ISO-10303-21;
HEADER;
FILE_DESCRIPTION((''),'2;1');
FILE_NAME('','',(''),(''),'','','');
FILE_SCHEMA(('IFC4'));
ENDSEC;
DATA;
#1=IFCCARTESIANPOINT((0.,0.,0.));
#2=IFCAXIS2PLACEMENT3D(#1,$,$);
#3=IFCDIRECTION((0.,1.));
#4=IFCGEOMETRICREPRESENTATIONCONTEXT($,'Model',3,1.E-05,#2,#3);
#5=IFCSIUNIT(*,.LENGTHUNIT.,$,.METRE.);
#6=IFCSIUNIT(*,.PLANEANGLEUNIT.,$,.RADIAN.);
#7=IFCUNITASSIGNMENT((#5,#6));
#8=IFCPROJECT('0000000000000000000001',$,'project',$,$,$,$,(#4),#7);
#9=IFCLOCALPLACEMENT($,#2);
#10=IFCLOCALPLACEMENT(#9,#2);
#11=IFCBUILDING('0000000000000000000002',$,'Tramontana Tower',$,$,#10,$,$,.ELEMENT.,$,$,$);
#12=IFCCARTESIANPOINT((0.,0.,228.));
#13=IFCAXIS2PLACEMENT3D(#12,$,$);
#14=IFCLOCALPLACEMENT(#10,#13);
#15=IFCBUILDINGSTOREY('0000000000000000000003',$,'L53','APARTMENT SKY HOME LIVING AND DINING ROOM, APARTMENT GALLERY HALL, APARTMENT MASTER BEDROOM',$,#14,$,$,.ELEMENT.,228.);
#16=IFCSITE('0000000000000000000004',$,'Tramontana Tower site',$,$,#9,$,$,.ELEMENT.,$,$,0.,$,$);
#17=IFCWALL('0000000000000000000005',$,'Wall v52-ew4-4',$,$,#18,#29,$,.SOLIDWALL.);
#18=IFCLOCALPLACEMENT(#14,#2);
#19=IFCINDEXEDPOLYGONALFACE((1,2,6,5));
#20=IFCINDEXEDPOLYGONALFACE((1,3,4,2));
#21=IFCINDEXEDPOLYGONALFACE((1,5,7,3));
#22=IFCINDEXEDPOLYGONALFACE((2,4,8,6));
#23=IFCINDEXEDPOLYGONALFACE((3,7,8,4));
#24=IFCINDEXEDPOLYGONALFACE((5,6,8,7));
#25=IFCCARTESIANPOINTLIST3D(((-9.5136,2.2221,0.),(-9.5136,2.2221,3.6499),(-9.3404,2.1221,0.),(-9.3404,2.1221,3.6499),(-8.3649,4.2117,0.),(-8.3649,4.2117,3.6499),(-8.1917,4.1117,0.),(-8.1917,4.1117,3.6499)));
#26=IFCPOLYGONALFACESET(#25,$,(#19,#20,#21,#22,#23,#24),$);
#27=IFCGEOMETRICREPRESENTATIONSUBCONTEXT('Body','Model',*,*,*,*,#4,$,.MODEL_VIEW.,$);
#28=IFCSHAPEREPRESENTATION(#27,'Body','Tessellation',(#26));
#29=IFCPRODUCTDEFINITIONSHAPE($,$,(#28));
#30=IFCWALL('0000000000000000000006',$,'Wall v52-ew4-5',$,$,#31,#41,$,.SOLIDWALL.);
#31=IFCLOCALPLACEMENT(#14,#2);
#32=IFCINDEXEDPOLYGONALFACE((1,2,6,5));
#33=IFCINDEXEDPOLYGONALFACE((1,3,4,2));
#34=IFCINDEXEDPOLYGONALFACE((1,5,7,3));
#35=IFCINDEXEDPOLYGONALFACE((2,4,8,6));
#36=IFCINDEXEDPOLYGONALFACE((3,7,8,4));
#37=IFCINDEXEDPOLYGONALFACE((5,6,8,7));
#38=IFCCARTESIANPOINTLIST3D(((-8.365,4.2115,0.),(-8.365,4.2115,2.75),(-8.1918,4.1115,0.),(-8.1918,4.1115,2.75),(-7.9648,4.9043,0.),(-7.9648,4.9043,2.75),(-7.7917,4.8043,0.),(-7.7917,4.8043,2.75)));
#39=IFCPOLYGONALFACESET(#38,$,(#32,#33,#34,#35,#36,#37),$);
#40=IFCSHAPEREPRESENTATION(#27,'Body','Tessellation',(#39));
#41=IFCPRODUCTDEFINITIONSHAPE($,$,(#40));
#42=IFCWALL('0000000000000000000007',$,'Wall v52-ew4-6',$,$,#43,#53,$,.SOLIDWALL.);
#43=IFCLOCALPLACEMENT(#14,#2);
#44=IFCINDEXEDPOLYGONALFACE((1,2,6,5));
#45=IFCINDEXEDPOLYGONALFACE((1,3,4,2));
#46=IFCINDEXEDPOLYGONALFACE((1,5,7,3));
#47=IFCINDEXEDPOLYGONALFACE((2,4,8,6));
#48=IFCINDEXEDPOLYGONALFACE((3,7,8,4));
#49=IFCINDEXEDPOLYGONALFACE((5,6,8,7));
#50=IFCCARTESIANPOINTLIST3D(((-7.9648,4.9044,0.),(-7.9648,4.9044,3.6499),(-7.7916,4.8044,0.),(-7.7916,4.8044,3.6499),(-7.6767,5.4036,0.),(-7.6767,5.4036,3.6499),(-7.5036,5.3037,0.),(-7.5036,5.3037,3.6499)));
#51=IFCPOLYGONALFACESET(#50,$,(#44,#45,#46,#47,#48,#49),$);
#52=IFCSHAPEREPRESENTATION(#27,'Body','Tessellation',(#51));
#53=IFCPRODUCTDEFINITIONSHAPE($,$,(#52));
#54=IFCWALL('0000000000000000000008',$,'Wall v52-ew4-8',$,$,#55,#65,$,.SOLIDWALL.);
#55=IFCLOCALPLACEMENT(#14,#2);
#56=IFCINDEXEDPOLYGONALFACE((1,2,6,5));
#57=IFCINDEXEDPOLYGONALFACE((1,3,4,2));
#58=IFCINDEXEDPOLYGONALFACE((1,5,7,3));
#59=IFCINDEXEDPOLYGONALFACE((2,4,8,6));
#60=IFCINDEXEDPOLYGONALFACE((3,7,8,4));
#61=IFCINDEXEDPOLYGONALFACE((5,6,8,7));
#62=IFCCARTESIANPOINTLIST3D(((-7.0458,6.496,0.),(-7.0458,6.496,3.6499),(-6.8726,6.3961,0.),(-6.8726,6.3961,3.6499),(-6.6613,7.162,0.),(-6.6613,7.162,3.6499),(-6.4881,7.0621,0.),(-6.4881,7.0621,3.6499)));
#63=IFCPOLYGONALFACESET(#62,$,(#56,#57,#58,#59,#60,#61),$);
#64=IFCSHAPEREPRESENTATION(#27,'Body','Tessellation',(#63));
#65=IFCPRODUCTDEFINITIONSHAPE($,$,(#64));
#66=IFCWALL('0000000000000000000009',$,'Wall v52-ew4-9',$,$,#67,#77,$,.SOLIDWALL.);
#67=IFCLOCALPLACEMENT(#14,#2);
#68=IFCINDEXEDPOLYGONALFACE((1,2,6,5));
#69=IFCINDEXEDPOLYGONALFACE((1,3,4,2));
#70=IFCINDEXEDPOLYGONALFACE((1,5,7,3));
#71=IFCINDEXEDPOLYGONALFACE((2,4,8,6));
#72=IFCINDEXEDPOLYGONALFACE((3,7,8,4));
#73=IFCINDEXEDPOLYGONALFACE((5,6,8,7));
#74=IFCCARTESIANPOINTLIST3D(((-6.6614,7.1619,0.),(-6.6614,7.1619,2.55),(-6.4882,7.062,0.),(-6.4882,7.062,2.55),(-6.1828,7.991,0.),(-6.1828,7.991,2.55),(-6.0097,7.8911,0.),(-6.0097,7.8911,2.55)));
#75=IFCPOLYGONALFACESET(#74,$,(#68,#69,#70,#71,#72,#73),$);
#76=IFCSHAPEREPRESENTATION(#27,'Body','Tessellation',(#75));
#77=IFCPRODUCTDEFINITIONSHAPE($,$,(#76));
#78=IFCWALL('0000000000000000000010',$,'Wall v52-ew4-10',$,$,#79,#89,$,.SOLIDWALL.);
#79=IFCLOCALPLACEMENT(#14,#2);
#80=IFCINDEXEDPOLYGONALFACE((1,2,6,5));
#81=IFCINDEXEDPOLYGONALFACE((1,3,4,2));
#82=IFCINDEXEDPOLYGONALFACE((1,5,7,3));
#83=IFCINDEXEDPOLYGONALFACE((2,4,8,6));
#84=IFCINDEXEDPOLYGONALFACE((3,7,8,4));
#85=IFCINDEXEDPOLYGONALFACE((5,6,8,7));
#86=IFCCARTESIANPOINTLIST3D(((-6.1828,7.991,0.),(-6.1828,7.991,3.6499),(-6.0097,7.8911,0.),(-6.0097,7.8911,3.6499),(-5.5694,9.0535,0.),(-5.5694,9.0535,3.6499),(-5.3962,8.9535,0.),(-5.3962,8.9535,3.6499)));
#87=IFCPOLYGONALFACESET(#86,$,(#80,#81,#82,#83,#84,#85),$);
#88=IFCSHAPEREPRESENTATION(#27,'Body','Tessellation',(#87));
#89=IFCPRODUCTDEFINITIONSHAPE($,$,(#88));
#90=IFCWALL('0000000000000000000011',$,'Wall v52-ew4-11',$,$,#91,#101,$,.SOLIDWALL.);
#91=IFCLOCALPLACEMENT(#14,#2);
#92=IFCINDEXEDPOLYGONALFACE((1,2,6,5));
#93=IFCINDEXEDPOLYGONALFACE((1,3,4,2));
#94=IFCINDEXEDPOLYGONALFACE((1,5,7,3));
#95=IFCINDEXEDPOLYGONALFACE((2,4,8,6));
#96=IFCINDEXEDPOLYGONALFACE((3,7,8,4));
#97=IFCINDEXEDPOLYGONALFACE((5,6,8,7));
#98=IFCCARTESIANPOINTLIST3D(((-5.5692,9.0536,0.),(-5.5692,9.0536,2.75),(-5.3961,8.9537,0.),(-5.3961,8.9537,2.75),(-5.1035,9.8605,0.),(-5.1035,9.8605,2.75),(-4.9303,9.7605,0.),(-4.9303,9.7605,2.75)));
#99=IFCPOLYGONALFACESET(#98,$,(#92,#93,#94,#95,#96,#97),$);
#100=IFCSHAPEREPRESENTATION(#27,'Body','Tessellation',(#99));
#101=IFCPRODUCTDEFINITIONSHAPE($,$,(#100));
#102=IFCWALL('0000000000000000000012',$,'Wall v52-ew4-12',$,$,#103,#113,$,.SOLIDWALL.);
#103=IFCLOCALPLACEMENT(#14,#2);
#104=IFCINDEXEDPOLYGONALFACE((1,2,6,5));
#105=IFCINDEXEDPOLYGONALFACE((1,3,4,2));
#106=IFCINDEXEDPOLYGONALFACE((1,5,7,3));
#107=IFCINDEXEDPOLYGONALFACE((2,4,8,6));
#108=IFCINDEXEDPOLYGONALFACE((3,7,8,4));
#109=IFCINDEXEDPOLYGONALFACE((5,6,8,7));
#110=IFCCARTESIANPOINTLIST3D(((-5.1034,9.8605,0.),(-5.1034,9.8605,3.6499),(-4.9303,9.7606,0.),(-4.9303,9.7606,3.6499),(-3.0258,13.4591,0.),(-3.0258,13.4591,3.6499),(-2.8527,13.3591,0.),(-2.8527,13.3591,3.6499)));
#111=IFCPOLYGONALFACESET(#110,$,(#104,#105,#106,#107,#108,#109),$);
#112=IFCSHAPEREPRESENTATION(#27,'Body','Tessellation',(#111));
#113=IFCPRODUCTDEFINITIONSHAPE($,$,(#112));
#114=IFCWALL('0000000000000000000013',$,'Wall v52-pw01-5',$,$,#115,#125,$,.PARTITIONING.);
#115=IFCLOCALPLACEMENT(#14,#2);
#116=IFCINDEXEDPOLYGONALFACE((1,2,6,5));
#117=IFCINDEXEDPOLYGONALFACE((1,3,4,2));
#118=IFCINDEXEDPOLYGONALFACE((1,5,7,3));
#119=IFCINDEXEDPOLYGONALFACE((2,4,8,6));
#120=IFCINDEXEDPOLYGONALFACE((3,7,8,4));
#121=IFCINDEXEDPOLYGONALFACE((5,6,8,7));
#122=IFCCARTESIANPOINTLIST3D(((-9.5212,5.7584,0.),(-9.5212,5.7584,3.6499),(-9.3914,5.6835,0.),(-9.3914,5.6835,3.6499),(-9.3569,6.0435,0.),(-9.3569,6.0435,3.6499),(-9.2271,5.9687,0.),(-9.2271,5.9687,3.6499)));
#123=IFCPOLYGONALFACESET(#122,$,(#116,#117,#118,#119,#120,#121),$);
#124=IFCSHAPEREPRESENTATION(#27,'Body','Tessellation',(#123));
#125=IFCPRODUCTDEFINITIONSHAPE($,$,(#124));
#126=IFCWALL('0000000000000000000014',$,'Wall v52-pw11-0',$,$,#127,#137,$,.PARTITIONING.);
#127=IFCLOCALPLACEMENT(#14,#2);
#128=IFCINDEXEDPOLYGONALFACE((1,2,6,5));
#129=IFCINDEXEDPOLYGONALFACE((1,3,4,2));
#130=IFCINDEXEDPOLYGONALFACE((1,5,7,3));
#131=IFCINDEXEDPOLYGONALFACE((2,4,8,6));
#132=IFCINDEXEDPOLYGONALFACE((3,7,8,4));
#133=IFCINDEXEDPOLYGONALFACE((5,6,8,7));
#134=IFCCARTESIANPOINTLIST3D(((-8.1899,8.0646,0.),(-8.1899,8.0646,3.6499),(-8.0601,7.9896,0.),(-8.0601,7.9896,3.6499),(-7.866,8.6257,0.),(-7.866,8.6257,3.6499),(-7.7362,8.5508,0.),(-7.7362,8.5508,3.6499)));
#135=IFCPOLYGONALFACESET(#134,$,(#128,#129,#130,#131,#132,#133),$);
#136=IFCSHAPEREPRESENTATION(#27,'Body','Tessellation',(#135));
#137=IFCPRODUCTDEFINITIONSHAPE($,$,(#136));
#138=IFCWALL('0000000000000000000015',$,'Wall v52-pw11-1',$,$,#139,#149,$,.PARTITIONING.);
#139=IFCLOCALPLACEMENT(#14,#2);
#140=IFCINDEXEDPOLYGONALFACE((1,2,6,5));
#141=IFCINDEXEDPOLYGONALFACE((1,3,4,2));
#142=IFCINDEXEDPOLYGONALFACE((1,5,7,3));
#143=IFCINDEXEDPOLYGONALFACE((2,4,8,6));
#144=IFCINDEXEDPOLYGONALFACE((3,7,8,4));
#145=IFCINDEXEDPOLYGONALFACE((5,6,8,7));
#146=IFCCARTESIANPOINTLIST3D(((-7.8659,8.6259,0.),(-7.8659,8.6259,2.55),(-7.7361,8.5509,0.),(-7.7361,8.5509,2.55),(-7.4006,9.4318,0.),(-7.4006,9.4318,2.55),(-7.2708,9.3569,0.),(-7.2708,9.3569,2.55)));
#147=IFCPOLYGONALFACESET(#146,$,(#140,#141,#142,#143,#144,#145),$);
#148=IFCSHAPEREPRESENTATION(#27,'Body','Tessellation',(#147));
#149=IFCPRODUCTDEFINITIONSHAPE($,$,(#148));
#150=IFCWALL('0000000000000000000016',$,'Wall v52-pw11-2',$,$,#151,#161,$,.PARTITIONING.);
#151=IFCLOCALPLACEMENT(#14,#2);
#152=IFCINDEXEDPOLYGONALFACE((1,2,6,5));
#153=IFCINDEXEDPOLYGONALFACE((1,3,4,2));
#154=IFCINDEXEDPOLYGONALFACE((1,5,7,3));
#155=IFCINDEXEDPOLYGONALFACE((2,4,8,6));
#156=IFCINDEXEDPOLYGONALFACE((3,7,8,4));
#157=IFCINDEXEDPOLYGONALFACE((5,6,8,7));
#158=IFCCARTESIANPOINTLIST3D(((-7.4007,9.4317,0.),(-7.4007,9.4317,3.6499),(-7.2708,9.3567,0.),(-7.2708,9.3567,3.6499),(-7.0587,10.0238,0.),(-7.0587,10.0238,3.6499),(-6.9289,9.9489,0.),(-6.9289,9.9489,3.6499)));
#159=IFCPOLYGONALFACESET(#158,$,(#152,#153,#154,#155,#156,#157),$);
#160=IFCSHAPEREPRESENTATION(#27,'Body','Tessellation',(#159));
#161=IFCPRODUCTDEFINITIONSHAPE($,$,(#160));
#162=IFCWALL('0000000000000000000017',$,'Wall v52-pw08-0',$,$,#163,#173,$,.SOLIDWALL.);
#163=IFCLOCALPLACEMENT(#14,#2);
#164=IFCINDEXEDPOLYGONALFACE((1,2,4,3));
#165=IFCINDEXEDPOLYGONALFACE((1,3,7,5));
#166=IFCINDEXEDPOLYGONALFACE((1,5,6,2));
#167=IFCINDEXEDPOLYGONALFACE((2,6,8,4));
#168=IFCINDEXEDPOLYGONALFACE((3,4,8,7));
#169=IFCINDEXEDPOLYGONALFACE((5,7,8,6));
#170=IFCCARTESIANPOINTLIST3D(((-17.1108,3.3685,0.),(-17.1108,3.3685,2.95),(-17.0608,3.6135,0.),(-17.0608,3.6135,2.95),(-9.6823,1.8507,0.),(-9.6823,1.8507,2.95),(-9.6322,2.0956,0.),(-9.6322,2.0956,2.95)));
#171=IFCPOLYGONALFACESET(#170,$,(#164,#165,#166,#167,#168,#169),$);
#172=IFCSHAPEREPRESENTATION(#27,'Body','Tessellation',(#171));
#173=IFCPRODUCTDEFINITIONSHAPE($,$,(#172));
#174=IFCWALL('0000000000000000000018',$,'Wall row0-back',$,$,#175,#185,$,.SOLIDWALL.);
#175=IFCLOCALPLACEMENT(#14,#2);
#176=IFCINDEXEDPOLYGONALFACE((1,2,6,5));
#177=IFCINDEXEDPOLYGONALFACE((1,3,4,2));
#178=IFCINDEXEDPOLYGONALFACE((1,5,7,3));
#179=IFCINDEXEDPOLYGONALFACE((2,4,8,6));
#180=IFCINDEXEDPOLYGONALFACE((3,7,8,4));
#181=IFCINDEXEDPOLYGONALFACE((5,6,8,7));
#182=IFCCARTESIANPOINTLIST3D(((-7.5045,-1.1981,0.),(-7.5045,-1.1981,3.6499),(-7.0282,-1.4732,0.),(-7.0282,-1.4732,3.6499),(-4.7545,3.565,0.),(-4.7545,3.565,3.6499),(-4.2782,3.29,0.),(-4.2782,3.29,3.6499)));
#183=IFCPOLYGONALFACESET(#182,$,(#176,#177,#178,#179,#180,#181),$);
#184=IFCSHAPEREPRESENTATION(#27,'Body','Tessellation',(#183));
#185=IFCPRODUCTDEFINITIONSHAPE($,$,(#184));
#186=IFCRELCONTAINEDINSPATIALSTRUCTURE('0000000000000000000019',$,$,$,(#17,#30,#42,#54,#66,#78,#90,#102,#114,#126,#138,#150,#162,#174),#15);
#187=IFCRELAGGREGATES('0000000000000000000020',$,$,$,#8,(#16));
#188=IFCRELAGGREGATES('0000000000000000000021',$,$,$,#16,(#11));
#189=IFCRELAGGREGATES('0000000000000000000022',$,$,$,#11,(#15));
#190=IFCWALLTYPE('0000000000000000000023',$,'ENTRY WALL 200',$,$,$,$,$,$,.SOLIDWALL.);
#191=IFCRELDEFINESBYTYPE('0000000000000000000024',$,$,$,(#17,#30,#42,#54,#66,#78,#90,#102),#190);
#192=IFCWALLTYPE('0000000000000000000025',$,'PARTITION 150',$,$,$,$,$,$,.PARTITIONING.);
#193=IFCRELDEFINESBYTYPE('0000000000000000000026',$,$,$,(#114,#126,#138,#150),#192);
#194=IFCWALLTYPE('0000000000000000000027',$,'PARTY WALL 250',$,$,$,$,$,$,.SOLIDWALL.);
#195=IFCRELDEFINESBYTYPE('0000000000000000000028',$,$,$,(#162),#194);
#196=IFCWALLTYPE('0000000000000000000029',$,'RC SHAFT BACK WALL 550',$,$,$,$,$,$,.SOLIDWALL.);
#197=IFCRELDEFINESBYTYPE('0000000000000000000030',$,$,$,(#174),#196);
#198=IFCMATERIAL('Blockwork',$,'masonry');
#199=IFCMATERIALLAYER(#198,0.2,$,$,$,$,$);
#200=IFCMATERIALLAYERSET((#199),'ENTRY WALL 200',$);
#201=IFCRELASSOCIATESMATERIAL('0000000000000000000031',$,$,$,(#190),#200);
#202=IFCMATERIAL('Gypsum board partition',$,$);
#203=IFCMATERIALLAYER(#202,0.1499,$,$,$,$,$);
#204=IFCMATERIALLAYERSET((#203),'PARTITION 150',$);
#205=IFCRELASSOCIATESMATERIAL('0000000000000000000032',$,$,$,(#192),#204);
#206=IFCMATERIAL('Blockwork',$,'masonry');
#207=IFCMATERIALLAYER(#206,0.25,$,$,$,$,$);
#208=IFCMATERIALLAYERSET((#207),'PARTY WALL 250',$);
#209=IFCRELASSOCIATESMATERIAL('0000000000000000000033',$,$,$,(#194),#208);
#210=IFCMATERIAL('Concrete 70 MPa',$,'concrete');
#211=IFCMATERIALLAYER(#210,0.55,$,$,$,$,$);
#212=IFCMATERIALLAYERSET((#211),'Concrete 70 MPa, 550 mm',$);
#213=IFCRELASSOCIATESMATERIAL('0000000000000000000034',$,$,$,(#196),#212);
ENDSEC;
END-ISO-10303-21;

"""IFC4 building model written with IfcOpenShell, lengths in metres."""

from ifc_helpers import new_model, si_unit, direction, frame, frame_2d, origin, place, context, subcontext, project, spatial, rectangle, extrude, material, layer, layer_set, type_object, element, save


model = new_model("IFC4")

# Units and contexts
model_context = context("Model", 3, precision=1e-05, world=origin(), true_north=direction((0.0, 1.0)))
body_context = subcontext(model_context, "Body", "Model", "MODEL_VIEW")
ifc_project = project(units=[si_unit("LENGTHUNIT", "METRE"), si_unit("PLANEANGLEUNIT", "RADIAN")], contexts=[model_context])

# Site, building, storey
site_placement = place(None, origin())
site = spatial("IfcSite", under=ifc_project, at=site_placement, Name="Tramontana Tower site", CompositionType="ELEMENT", RefElevation=0.0)
building_placement = place(site_placement, origin())
building = spatial("IfcBuilding", under=site, at=building_placement, Name="Tramontana Tower", CompositionType="ELEMENT")
storey_placement = place(building_placement, frame((0.0, 0.0, 228.0)))
storey = spatial("IfcBuildingStorey", under=building, at=storey_placement, Name="L53", Description="APARTMENT SKY HOME LIVING AND DINING ROOM, APARTMENT GALLERY HALL, APARTMENT MASTER BEDROOM", CompositionType="ELEMENT", Elevation=228.0)

# Walls
ifc_material_1 = material(Name="Blockwork", Category="masonry")
ifc_layer_1 = layer(ifc_material_1, 0.2)
ifc_layer_set_1 = layer_set([ifc_layer_1], Name="ENTRY WALL 200")
wall_type_1 = type_object("IfcWallType", Name="ENTRY WALL 200", PredefinedType="SOLIDWALL", material=ifc_layer_set_1)
wall_1_placement = place(storey_placement, frame((-9.427, 2.1721, 0.0), z_axis=(0.0, 0.0, 1.0), x_axis=(0.500014, 0.866017, 0.0)))
element("IfcWall", 1, at=wall_1_placement, inside=storey, type_object=wall_type_1, Name="Wall v52-ew4-4", PredefinedType="SOLIDWALL", context=body_context, shape_type="SweptSolid", body=[
    extrude(rectangle(XDim=2.2974, YDim=0.2, at=frame_2d((1.1487, 0.0))), origin(), (0.0, 0.0, 1.0), 3.6499),
])
wall_2_placement = place(storey_placement, frame((-8.2783, 4.1616, 0.0), z_axis=(0.0, 0.0, 1.0), x_axis=(0.50011, 0.865962, 0.0)))
element("IfcWall", 2, at=wall_2_placement, inside=storey, type_object=wall_type_1, Name="Wall v52-ew4-5", PredefinedType="SOLIDWALL", context=body_context, shape_type="SweptSolid", body=[
    extrude(rectangle(XDim=0.8, YDim=0.2, at=frame_2d((0.3999, 0.0))), origin(), (0.0, 0.0, 1.0), 2.75),
])
wall_3_placement = place(storey_placement, frame((-7.8782, 4.8545, 0.0), z_axis=(0.0, 0.0, 1.0), x_axis=(0.499784, 0.86615, 0.0)))
element("IfcWall", 3, at=wall_3_placement, inside=storey, type_object=wall_type_1, Name="Wall v52-ew4-6", PredefinedType="SOLIDWALL", context=body_context, shape_type="SweptSolid", body=[
    extrude(rectangle(XDim=0.5764, YDim=0.2, at=frame_2d((0.2881, 0.0))), origin(), (0.0, 0.0, 1.0), 3.6499),
])

# Walls
wall_4_placement = place(storey_placement, frame((-6.9592, 6.446, 0.0), z_axis=(0.0, 0.0, 1.0), x_axis=(0.499997, 0.866027, 0.0)))
element("IfcWall", 4, at=wall_4_placement, inside=storey, type_object=wall_type_1, Name="Wall v52-ew4-8", PredefinedType="SOLIDWALL", context=body_context, shape_type="SweptSolid", body=[
    extrude(rectangle(XDim=0.769, YDim=0.2, at=frame_2d((0.3845, 0.0))), origin(), (0.0, 0.0, 1.0), 3.6499),
])
wall_5_placement = place(storey_placement, frame((-6.5747, 7.1121, 0.0), z_axis=(0.0, 0.0, 1.0), x_axis=(0.49987, 0.866101, 0.0)))
element("IfcWall", 5, at=wall_5_placement, inside=storey, type_object=wall_type_1, Name="Wall v52-ew4-9", PredefinedType="SOLIDWALL", context=body_context, shape_type="SweptSolid", body=[
    extrude(rectangle(XDim=0.9573, YDim=0.2, at=frame_2d((0.4785, 0.0))), origin(), (0.0, 0.0, 1.0), 2.55),
])
wall_6_placement = place(storey_placement, frame((-6.0962, 7.9412, 0.0), z_axis=(0.0, 0.0, 1.0), x_axis=(0.500055, 0.865993, 0.0)))
element("IfcWall", 6, at=wall_6_placement, inside=storey, type_object=wall_type_1, Name="Wall v52-ew4-10", PredefinedType="SOLIDWALL", context=body_context, shape_type="SweptSolid", body=[
    extrude(rectangle(XDim=1.2268, YDim=0.2, at=frame_2d((0.6133, 0.0))), origin(), (0.0, 0.0, 1.0), 3.6499),
])
wall_7_placement = place(storey_placement, frame((-5.4827, 9.0037, 0.0), z_axis=(0.0, 0.0, 1.0), x_axis=(0.499972, 0.866042, 0.0)))
element("IfcWall", 7, at=wall_7_placement, inside=storey, type_object=wall_type_1, Name="Wall v52-ew4-11", PredefinedType="SOLIDWALL", context=body_context, shape_type="SweptSolid", body=[
    extrude(rectangle(XDim=0.9316, YDim=0.2, at=frame_2d((0.4658, 0.0))), origin(), (0.0, 0.0, 1.0), 2.75),
])
wall_8_placement = place(storey_placement, frame((-5.0168, 9.8105, 0.0), z_axis=(0.0, 0.0, 1.0), x_axis=(0.499994, 0.866029, 0.0)))
element("IfcWall", 8, at=wall_8_placement, inside=storey, type_object=wall_type_1, Name="Wall v52-ew4-12", PredefinedType="SOLIDWALL", context=body_context, shape_type="SweptSolid", body=[
    extrude(rectangle(XDim=4.1553, YDim=0.2, at=frame_2d((2.0776, 0.0))), origin(), (0.0, 0.0, 1.0), 3.6499),
])
ifc_material_2 = material(Name="Gypsum board partition")
ifc_layer_2 = layer(ifc_material_2, 0.1499)
ifc_layer_set_2 = layer_set([ifc_layer_2], Name="PARTITION 150")
wall_type_2 = type_object("IfcWallType", Name="PARTITION 150", PredefinedType="PARTITIONING", material=ifc_layer_set_2)
wall_9_placement = place(storey_placement, frame((-9.4563, 5.7209, 0.0), z_axis=(0.0, 0.0, 1.0), x_axis=(0.499251, 0.866457, 0.0)))
element("IfcWall", 9, at=wall_9_placement, inside=storey, type_object=wall_type_2, Name="Wall v52-pw01-5", PredefinedType="PARTITIONING", context=body_context, shape_type="SweptSolid", body=[
    extrude(rectangle(XDim=0.3291, YDim=0.1499, at=frame_2d((0.1646, 0.0))), origin(), (0.0, 0.0, 1.0), 3.6499),
])

# Walls
wall_10_placement = place(storey_placement, frame((-8.125, 8.0271, 0.0), z_axis=(0.0, 0.0, 1.0), x_axis=(0.499907, 0.866079, 0.0)))
element("IfcWall", 10, at=wall_10_placement, inside=storey, type_object=wall_type_2, Name="Wall v52-pw11-0", PredefinedType="PARTITIONING", context=body_context, shape_type="SweptSolid", body=[
    extrude(rectangle(XDim=0.6479, YDim=0.1499, at=frame_2d((0.324, 0.0))), origin(), (0.0, 0.0, 1.0), 3.6499),
])
wall_11_placement = place(storey_placement, frame((-7.801, 8.5884, 0.0), z_axis=(0.0, 0.0, 1.0), x_axis=(0.500033, 0.866006, 0.0)))
element("IfcWall", 11, at=wall_11_placement, inside=storey, type_object=wall_type_2, Name="Wall v52-pw11-1", PredefinedType="PARTITIONING", context=body_context, shape_type="SweptSolid", body=[
    extrude(rectangle(XDim=0.9307, YDim=0.1499, at=frame_2d((0.4653, 0.0))), origin(), (0.0, 0.0, 1.0), 2.55),
])
wall_12_placement = place(storey_placement, frame((-7.3357, 9.3943, 0.0), z_axis=(0.0, 0.0, 1.0), x_axis=(0.500093, 0.865972, 0.0)))
element("IfcWall", 12, at=wall_12_placement, inside=storey, type_object=wall_type_2, Name="Wall v52-pw11-2", PredefinedType="PARTITIONING", context=body_context, shape_type="SweptSolid", body=[
    extrude(rectangle(XDim=0.6838, YDim=0.1499, at=frame_2d((0.3418, 0.0))), origin(), (0.0, 0.0, 1.0), 3.6499),
])
ifc_material_3 = material(Name="Blockwork", Category="masonry")
ifc_layer_3 = layer(ifc_material_3, 0.25)
ifc_layer_set_3 = layer_set([ifc_layer_3], Name="PARTY WALL 250")
wall_type_3 = type_object("IfcWallType", Name="PARTY WALL 250", PredefinedType="SOLIDWALL", material=ifc_layer_set_3)
wall_13_placement = place(storey_placement, frame((-9.6572, 1.9731, 0.0), z_axis=(0.0, 0.0, 1.0), x_axis=(-0.979757, 0.200189, 0.0)))
element("IfcWall", 13, at=wall_13_placement, inside=storey, type_object=wall_type_3, Name="Wall v52-pw08-0", PredefinedType="SOLIDWALL", context=body_context, shape_type="SweptSolid", body=[
    extrude(rectangle(XDim=7.582, YDim=0.25, at=frame_2d((3.791, 0.0))), origin(), (0.0, 0.0, 1.0), 2.95),
])
ifc_material_4 = material(Name="Concrete 70 MPa", Category="concrete")
ifc_layer_4 = layer(ifc_material_4, 0.55)
ifc_layer_set_4 = layer_set([ifc_layer_4], Name="Concrete 70 MPa, 550 mm")
wall_type_4 = type_object("IfcWallType", Name="RC SHAFT BACK WALL 550", PredefinedType="SOLIDWALL", material=ifc_layer_set_4)
wall_14_placement = place(storey_placement, frame((-4.5164, 3.4275, 0.0), z_axis=(0.0, 0.0, 1.0), x_axis=(-0.499997, -0.866027, 0.0)))
element("IfcWall", 14, at=wall_14_placement, inside=storey, type_object=wall_type_4, Name="Wall row0-back", PredefinedType="SOLIDWALL", context=body_context, shape_type="SweptSolid", body=[
    extrude(rectangle(XDim=5.5, YDim=0.55, at=frame_2d((2.75, 0.0))), origin(), (0.0, 0.0, 1.0), 3.6499),
])

save(model, "model.ifc")
